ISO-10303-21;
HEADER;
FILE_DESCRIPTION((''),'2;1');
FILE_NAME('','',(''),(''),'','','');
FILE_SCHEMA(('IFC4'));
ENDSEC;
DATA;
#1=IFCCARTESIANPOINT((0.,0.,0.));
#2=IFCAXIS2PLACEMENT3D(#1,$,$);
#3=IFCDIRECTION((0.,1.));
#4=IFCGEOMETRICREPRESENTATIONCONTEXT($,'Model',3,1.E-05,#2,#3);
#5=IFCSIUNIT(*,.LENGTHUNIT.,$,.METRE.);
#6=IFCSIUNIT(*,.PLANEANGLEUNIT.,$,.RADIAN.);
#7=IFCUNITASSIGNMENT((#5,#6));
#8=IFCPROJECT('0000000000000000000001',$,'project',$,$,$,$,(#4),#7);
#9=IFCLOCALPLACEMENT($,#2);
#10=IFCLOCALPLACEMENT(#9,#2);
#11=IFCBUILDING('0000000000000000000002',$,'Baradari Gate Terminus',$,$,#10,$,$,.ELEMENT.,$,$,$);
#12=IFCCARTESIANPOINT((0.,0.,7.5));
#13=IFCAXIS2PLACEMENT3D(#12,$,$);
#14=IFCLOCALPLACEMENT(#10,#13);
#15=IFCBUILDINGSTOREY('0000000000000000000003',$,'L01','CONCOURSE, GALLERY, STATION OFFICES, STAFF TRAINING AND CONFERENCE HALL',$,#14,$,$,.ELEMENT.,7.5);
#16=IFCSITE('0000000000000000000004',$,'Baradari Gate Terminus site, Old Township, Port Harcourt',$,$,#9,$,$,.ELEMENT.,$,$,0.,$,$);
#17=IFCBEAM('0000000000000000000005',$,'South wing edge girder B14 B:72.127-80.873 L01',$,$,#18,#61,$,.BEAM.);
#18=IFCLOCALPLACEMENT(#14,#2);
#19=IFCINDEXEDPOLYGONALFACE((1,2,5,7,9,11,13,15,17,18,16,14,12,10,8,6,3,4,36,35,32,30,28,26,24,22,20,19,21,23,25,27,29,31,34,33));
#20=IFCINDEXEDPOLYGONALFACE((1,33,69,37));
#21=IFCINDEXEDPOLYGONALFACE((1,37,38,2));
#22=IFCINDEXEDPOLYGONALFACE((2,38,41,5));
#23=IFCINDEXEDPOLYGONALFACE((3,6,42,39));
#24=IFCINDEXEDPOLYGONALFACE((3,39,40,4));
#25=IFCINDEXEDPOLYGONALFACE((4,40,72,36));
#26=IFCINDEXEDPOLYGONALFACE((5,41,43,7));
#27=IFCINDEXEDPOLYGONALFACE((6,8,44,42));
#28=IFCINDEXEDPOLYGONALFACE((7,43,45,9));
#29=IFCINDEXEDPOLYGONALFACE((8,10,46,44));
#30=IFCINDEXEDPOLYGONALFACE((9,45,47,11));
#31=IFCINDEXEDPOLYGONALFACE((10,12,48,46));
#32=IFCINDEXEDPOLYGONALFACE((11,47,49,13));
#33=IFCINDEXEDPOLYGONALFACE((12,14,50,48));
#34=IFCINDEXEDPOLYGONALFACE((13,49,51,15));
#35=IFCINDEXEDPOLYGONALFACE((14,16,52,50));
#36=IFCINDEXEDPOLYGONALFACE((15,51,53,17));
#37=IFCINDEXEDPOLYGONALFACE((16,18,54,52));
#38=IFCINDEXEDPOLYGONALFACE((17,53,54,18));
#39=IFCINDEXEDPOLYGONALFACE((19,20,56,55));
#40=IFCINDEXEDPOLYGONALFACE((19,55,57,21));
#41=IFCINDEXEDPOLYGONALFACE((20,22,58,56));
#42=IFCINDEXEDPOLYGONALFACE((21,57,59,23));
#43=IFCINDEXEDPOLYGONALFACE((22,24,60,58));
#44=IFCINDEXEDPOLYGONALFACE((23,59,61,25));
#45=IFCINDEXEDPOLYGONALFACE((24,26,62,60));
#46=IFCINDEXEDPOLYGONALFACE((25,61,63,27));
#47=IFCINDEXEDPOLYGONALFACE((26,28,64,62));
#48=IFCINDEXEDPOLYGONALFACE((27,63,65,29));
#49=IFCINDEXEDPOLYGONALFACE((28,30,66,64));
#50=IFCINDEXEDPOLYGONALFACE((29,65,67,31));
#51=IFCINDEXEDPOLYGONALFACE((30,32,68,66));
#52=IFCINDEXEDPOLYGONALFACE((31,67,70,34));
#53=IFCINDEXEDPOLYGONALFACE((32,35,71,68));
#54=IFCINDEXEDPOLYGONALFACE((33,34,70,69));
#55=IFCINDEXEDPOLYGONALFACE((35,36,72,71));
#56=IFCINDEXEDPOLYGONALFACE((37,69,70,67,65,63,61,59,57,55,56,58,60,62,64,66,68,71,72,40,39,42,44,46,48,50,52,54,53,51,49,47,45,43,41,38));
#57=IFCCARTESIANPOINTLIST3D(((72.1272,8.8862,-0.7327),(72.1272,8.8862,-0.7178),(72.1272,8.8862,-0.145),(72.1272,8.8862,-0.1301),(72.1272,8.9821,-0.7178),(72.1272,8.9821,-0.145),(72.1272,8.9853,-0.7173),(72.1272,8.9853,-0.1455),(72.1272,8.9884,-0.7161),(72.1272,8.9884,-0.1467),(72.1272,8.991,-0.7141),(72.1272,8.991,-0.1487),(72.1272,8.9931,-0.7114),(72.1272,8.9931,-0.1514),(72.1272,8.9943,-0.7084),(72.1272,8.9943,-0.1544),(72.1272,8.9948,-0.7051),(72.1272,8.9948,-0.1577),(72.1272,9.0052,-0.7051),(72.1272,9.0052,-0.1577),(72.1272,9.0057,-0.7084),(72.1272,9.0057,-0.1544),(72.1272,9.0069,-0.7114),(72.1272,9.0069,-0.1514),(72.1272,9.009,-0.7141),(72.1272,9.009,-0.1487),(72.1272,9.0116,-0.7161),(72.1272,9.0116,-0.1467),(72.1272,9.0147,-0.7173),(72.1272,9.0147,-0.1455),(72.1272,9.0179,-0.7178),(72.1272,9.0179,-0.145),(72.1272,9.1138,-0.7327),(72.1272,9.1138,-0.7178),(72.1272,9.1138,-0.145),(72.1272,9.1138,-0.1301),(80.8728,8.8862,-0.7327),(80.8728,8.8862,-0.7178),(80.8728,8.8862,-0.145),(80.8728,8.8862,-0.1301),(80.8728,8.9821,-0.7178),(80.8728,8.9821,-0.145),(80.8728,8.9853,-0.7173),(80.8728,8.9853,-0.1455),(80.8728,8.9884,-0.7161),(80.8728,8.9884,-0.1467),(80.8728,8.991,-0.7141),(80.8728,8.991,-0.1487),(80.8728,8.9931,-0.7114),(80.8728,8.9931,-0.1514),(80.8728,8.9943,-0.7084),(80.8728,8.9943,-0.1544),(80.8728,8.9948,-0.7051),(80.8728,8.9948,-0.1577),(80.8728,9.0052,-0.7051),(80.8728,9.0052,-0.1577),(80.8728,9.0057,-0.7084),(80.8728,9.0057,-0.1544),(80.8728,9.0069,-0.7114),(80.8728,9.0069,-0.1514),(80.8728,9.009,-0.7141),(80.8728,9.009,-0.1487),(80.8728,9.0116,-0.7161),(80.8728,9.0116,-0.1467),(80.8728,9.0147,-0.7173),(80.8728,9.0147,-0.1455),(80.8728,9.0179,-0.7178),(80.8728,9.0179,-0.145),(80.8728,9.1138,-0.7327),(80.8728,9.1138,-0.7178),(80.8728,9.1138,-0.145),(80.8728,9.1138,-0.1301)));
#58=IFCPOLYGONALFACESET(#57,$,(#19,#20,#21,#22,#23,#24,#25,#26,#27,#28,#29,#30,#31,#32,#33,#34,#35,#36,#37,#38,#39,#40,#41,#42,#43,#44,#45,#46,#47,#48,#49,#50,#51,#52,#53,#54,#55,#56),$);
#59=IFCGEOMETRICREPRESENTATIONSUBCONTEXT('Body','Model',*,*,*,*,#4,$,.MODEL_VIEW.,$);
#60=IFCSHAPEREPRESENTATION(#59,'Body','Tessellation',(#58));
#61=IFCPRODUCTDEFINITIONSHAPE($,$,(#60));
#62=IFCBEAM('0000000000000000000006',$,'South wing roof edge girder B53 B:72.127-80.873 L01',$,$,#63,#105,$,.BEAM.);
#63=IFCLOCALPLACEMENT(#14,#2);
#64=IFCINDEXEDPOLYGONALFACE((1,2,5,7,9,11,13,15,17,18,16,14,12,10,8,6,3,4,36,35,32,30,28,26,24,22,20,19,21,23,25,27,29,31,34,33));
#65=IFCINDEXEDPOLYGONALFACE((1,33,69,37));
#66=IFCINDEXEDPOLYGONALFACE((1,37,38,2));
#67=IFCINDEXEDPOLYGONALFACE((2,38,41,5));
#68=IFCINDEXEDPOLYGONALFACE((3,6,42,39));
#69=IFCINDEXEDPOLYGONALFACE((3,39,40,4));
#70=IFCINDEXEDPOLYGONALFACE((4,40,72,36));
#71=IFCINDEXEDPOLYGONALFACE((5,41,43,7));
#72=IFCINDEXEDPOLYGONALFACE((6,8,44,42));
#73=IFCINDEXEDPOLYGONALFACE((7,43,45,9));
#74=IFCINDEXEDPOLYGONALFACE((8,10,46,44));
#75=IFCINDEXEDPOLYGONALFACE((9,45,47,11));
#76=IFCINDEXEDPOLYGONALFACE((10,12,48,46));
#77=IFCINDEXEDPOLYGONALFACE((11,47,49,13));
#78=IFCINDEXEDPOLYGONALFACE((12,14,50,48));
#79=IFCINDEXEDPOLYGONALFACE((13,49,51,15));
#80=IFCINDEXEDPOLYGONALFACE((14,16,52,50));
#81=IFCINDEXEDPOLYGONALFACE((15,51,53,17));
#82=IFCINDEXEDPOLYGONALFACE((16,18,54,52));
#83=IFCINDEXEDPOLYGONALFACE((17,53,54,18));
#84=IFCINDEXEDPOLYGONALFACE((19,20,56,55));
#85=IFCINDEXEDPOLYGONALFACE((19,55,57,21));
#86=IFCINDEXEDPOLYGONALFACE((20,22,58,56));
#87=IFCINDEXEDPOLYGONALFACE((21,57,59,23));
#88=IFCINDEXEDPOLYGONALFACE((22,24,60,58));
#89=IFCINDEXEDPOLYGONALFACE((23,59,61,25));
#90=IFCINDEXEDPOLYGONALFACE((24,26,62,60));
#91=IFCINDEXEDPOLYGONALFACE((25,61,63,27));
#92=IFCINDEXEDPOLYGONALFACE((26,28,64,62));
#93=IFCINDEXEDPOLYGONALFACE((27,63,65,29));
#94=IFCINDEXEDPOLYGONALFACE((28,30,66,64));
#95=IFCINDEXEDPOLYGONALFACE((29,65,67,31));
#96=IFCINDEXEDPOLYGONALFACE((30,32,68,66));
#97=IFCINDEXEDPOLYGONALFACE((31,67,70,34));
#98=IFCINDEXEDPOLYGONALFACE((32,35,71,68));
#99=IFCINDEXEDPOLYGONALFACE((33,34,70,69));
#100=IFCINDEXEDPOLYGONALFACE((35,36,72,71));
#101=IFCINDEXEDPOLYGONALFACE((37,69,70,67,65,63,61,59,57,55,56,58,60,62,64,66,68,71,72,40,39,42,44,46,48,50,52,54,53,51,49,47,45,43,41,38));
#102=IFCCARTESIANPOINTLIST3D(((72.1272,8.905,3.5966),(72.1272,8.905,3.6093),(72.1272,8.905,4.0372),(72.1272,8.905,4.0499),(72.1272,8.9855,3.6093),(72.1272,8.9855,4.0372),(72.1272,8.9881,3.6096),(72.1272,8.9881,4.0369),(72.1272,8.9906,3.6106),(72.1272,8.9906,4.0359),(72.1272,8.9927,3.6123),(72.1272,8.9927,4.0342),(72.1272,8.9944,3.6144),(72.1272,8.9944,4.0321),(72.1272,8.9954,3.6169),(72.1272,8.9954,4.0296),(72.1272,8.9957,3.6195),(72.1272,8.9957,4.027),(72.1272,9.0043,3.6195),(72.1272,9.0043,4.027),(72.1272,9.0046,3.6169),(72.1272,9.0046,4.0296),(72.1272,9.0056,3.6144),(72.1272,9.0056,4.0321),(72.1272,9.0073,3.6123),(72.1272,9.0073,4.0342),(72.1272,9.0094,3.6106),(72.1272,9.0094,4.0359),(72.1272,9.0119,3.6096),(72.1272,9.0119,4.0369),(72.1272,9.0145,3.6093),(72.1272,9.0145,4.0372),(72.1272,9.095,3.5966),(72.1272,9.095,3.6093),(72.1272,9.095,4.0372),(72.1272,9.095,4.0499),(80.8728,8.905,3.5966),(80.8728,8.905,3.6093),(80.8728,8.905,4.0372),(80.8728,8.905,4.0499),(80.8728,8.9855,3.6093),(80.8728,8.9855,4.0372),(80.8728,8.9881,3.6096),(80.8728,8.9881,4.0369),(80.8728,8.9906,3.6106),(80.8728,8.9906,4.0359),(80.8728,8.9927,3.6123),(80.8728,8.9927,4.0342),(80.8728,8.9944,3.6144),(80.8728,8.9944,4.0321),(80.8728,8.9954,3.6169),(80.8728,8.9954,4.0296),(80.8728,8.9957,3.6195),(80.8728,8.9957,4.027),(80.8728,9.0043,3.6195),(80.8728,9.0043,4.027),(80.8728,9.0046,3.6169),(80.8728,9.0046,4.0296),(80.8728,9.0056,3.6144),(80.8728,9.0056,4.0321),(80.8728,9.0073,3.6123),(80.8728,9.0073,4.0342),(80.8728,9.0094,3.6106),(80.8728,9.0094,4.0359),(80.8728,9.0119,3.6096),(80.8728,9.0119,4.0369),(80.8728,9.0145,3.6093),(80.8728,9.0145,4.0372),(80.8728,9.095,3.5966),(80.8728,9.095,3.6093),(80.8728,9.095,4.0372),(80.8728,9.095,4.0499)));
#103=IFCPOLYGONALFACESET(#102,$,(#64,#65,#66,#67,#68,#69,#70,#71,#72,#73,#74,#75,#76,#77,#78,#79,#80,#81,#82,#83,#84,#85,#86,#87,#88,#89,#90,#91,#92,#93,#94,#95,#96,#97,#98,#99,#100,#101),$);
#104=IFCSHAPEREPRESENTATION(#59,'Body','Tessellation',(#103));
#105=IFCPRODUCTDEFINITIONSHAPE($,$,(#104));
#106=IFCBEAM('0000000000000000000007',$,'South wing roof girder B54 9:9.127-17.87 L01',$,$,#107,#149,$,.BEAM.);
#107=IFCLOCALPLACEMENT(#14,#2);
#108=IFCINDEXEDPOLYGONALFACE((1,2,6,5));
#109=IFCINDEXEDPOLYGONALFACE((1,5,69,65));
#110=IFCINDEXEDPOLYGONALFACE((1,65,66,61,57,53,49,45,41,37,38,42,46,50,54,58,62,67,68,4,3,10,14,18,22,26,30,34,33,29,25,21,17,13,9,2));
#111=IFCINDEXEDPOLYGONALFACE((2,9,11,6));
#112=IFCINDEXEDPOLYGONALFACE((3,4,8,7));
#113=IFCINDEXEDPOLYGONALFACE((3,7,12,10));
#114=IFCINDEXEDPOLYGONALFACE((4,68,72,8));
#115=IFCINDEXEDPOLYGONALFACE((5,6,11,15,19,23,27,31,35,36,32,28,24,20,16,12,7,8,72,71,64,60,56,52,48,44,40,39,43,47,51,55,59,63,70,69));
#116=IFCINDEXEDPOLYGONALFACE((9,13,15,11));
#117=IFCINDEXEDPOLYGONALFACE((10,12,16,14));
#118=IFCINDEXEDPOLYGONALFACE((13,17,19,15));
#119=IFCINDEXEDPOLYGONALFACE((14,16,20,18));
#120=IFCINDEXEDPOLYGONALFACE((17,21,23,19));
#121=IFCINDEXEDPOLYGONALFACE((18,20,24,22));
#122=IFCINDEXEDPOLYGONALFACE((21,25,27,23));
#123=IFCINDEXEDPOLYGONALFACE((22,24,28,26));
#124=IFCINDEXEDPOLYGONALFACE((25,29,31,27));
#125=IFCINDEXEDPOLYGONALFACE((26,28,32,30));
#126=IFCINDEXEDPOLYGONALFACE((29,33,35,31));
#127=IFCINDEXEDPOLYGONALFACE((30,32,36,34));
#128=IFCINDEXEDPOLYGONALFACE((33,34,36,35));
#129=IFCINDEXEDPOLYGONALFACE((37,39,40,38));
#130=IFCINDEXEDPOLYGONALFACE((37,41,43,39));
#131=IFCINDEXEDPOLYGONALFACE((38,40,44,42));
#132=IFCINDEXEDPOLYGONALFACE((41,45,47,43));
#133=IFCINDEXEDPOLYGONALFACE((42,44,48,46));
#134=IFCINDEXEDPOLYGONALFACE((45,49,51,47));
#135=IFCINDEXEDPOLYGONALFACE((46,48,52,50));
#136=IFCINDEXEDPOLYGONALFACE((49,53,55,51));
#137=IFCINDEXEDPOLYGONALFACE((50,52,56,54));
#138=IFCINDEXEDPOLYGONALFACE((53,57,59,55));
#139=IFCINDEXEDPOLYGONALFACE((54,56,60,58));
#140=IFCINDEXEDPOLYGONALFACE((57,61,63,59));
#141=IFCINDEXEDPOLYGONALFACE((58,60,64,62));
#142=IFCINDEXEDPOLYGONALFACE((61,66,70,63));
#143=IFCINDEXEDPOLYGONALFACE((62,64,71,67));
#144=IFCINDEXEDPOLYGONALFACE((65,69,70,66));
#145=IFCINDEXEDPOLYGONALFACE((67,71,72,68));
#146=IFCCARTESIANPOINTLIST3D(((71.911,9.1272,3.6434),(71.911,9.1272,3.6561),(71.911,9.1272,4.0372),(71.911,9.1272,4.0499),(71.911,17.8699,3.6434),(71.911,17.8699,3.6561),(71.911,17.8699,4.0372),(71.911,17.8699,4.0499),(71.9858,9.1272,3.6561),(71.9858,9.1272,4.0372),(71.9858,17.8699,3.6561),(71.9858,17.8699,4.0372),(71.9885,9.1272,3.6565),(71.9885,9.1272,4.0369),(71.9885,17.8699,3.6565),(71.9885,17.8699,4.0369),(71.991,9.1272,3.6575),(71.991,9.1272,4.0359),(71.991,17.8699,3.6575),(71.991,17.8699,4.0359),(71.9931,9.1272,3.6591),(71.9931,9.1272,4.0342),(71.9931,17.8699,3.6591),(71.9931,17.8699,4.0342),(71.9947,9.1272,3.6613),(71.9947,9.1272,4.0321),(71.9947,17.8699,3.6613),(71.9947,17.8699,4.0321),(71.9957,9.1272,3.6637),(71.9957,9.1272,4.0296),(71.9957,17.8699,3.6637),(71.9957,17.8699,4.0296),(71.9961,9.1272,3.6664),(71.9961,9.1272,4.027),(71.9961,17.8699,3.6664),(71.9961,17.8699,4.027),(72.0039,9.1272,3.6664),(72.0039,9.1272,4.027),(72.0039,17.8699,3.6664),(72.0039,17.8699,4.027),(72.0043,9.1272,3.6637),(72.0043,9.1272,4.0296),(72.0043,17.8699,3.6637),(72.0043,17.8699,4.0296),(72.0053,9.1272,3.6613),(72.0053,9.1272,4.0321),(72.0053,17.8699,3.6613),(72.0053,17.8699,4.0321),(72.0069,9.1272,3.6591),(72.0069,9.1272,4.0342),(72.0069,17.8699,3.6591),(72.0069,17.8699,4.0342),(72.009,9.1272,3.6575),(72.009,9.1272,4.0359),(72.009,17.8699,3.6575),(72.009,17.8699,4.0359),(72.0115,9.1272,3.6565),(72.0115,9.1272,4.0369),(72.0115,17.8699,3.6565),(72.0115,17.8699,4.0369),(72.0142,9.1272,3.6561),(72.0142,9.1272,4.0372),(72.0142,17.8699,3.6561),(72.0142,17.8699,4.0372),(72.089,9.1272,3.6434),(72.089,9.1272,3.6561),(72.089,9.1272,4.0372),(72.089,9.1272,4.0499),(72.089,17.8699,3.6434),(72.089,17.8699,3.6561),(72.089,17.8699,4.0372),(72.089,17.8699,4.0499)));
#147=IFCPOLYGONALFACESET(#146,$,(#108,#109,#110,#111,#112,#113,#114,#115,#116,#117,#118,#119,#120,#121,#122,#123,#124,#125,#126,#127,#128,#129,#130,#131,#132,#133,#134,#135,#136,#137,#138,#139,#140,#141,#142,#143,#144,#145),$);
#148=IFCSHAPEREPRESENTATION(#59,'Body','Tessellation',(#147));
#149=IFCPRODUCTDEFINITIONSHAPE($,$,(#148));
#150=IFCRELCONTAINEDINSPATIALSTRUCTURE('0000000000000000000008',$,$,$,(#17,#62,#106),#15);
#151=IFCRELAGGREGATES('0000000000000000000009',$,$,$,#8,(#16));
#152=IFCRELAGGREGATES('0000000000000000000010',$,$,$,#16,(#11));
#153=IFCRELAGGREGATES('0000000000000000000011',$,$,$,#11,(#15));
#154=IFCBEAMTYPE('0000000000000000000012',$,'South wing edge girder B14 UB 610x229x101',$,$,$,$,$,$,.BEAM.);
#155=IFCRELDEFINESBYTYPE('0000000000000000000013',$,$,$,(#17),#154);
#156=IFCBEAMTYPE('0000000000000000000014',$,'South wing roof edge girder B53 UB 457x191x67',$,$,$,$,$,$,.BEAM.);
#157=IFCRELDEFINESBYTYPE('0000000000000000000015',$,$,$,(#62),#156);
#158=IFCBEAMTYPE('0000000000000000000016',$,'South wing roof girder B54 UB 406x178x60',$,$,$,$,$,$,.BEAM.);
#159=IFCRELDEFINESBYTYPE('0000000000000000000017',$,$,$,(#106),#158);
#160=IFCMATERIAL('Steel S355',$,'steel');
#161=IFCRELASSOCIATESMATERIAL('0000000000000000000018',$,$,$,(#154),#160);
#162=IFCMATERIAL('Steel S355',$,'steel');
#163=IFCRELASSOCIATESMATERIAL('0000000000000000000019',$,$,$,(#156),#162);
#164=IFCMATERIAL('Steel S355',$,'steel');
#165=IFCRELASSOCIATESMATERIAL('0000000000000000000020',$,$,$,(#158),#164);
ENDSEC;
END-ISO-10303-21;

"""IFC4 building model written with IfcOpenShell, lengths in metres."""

from ifc_helpers import new_model, si_unit, direction, frame, origin, origin_2d, place, context, subcontext, project, spatial, i_section, extrude, material, material_profile, profile_set, type_object, element, save


model = new_model("IFC4")

# Units and contexts
model_context = context("Model", 3, precision=1e-05, world=origin(), true_north=direction((0.0, 1.0)))
body_context = subcontext(model_context, "Body", "Model", "MODEL_VIEW")
ifc_project = project(units=[si_unit("LENGTHUNIT", "METRE"), si_unit("PLANEANGLEUNIT", "RADIAN")], contexts=[model_context])

# Site, building, storey
site_placement = place(None, origin())
site = spatial("IfcSite", under=ifc_project, at=site_placement, Name="Baradari Gate Terminus site, Old Township, Port Harcourt", CompositionType="ELEMENT", RefElevation=0.0)
building_placement = place(site_placement, origin())
building = spatial("IfcBuilding", under=site, at=building_placement, Name="Baradari Gate Terminus", CompositionType="ELEMENT")
storey_placement = place(building_placement, frame((0.0, 0.0, 7.5)))
storey = spatial("IfcBuildingStorey", under=building, at=storey_placement, Name="L01", Description="CONCOURSE, GALLERY, STATION OFFICES, STAFF TRAINING AND CONFERENCE HALL", CompositionType="ELEMENT", Elevation=7.5)

# Beams
ifc_material_1 = material(Name="Steel S355", Category="steel")
ifc_material_profile_1 = material_profile(ifc_material_1, i_section(OverallWidth=0.2275, OverallDepth=0.6025, WebThickness=0.0105, FlangeThickness=0.0149, FilletRadius=0.0127, at=origin_2d()), Name="UB 610x229x101")
ifc_profile_set_1 = profile_set([ifc_material_profile_1], Name="Steel S355")
beam_type_1 = type_object("IfcBeamType", Name="South wing edge girder B14 UB 610x229x101", PredefinedType="BEAM", material=ifc_profile_set_1)
beam_1_placement = place(storey_placement, frame((72.1272, 9.0, -0.4314), z_axis=(1.0, 0.0, 0.0), x_axis=(0.0, 1.0, 0.0)))
element("IfcBeam", 1, at=beam_1_placement, inside=storey, type_object=beam_type_1, Name="South wing edge girder B14 B:72.127-80.873 L01", PredefinedType="BEAM", context=body_context, shape_type="SweptSolid", body=[
    extrude(i_section(OverallWidth=0.2275, OverallDepth=0.6025, WebThickness=0.0105, FlangeThickness=0.0149, FilletRadius=0.0127, at=origin_2d()), origin(), (0.0, 0.0, 1.0), 8.7456),
])
ifc_material_2 = material(Name="Steel S355", Category="steel")
ifc_material_profile_2 = material_profile(ifc_material_2, i_section(OverallWidth=0.1899, OverallDepth=0.4534, WebThickness=0.0085, FlangeThickness=0.0127, FilletRadius=0.0103, at=origin_2d()), Name="UB 457x191x67")
ifc_profile_set_2 = profile_set([ifc_material_profile_2], Name="Steel S355")
beam_type_2 = type_object("IfcBeamType", Name="South wing roof edge girder B53 UB 457x191x67", PredefinedType="BEAM", material=ifc_profile_set_2)
beam_2_placement = place(storey_placement, frame((72.1272, 9.0, 3.8232), z_axis=(1.0, 0.0, 0.0), x_axis=(0.0, 1.0, 0.0)))
element("IfcBeam", 2, at=beam_2_placement, inside=storey, type_object=beam_type_2, Name="South wing roof edge girder B53 B:72.127-80.873 L01", PredefinedType="BEAM", context=body_context, shape_type="SweptSolid", body=[
    extrude(i_section(OverallWidth=0.1899, OverallDepth=0.4534, WebThickness=0.0085, FlangeThickness=0.0127, FilletRadius=0.0103, at=origin_2d()), origin(), (0.0, 0.0, 1.0), 8.7456),
])
ifc_material_3 = material(Name="Steel S355", Category="steel")
ifc_material_profile_3 = material_profile(ifc_material_3, i_section(OverallWidth=0.178, OverallDepth=0.4065, WebThickness=0.0078, FlangeThickness=0.0127, FilletRadius=0.0103, at=origin_2d()), Name="UB 406x178x60")
ifc_profile_set_3 = profile_set([ifc_material_profile_3], Name="Steel S355")
beam_type_3 = type_object("IfcBeamType", Name="South wing roof girder B54 UB 406x178x60", PredefinedType="BEAM", material=ifc_profile_set_3)
beam_3_placement = place(storey_placement, frame((72.0, 9.1272, 3.8467), z_axis=(0.0, 1.0, 0.0), x_axis=(-1.0, 0.0, 0.0)))
element("IfcBeam", 3, at=beam_3_placement, inside=storey, type_object=beam_type_3, Name="South wing roof girder B54 9:9.127-17.87 L01", PredefinedType="BEAM", context=body_context, shape_type="SweptSolid", body=[
    extrude(i_section(OverallWidth=0.178, OverallDepth=0.4065, WebThickness=0.0078, FlangeThickness=0.0127, FilletRadius=0.0103, at=origin_2d()), origin(), (0.0, 0.0, 1.0), 8.7427),
])

save(model, "model.ifc")
